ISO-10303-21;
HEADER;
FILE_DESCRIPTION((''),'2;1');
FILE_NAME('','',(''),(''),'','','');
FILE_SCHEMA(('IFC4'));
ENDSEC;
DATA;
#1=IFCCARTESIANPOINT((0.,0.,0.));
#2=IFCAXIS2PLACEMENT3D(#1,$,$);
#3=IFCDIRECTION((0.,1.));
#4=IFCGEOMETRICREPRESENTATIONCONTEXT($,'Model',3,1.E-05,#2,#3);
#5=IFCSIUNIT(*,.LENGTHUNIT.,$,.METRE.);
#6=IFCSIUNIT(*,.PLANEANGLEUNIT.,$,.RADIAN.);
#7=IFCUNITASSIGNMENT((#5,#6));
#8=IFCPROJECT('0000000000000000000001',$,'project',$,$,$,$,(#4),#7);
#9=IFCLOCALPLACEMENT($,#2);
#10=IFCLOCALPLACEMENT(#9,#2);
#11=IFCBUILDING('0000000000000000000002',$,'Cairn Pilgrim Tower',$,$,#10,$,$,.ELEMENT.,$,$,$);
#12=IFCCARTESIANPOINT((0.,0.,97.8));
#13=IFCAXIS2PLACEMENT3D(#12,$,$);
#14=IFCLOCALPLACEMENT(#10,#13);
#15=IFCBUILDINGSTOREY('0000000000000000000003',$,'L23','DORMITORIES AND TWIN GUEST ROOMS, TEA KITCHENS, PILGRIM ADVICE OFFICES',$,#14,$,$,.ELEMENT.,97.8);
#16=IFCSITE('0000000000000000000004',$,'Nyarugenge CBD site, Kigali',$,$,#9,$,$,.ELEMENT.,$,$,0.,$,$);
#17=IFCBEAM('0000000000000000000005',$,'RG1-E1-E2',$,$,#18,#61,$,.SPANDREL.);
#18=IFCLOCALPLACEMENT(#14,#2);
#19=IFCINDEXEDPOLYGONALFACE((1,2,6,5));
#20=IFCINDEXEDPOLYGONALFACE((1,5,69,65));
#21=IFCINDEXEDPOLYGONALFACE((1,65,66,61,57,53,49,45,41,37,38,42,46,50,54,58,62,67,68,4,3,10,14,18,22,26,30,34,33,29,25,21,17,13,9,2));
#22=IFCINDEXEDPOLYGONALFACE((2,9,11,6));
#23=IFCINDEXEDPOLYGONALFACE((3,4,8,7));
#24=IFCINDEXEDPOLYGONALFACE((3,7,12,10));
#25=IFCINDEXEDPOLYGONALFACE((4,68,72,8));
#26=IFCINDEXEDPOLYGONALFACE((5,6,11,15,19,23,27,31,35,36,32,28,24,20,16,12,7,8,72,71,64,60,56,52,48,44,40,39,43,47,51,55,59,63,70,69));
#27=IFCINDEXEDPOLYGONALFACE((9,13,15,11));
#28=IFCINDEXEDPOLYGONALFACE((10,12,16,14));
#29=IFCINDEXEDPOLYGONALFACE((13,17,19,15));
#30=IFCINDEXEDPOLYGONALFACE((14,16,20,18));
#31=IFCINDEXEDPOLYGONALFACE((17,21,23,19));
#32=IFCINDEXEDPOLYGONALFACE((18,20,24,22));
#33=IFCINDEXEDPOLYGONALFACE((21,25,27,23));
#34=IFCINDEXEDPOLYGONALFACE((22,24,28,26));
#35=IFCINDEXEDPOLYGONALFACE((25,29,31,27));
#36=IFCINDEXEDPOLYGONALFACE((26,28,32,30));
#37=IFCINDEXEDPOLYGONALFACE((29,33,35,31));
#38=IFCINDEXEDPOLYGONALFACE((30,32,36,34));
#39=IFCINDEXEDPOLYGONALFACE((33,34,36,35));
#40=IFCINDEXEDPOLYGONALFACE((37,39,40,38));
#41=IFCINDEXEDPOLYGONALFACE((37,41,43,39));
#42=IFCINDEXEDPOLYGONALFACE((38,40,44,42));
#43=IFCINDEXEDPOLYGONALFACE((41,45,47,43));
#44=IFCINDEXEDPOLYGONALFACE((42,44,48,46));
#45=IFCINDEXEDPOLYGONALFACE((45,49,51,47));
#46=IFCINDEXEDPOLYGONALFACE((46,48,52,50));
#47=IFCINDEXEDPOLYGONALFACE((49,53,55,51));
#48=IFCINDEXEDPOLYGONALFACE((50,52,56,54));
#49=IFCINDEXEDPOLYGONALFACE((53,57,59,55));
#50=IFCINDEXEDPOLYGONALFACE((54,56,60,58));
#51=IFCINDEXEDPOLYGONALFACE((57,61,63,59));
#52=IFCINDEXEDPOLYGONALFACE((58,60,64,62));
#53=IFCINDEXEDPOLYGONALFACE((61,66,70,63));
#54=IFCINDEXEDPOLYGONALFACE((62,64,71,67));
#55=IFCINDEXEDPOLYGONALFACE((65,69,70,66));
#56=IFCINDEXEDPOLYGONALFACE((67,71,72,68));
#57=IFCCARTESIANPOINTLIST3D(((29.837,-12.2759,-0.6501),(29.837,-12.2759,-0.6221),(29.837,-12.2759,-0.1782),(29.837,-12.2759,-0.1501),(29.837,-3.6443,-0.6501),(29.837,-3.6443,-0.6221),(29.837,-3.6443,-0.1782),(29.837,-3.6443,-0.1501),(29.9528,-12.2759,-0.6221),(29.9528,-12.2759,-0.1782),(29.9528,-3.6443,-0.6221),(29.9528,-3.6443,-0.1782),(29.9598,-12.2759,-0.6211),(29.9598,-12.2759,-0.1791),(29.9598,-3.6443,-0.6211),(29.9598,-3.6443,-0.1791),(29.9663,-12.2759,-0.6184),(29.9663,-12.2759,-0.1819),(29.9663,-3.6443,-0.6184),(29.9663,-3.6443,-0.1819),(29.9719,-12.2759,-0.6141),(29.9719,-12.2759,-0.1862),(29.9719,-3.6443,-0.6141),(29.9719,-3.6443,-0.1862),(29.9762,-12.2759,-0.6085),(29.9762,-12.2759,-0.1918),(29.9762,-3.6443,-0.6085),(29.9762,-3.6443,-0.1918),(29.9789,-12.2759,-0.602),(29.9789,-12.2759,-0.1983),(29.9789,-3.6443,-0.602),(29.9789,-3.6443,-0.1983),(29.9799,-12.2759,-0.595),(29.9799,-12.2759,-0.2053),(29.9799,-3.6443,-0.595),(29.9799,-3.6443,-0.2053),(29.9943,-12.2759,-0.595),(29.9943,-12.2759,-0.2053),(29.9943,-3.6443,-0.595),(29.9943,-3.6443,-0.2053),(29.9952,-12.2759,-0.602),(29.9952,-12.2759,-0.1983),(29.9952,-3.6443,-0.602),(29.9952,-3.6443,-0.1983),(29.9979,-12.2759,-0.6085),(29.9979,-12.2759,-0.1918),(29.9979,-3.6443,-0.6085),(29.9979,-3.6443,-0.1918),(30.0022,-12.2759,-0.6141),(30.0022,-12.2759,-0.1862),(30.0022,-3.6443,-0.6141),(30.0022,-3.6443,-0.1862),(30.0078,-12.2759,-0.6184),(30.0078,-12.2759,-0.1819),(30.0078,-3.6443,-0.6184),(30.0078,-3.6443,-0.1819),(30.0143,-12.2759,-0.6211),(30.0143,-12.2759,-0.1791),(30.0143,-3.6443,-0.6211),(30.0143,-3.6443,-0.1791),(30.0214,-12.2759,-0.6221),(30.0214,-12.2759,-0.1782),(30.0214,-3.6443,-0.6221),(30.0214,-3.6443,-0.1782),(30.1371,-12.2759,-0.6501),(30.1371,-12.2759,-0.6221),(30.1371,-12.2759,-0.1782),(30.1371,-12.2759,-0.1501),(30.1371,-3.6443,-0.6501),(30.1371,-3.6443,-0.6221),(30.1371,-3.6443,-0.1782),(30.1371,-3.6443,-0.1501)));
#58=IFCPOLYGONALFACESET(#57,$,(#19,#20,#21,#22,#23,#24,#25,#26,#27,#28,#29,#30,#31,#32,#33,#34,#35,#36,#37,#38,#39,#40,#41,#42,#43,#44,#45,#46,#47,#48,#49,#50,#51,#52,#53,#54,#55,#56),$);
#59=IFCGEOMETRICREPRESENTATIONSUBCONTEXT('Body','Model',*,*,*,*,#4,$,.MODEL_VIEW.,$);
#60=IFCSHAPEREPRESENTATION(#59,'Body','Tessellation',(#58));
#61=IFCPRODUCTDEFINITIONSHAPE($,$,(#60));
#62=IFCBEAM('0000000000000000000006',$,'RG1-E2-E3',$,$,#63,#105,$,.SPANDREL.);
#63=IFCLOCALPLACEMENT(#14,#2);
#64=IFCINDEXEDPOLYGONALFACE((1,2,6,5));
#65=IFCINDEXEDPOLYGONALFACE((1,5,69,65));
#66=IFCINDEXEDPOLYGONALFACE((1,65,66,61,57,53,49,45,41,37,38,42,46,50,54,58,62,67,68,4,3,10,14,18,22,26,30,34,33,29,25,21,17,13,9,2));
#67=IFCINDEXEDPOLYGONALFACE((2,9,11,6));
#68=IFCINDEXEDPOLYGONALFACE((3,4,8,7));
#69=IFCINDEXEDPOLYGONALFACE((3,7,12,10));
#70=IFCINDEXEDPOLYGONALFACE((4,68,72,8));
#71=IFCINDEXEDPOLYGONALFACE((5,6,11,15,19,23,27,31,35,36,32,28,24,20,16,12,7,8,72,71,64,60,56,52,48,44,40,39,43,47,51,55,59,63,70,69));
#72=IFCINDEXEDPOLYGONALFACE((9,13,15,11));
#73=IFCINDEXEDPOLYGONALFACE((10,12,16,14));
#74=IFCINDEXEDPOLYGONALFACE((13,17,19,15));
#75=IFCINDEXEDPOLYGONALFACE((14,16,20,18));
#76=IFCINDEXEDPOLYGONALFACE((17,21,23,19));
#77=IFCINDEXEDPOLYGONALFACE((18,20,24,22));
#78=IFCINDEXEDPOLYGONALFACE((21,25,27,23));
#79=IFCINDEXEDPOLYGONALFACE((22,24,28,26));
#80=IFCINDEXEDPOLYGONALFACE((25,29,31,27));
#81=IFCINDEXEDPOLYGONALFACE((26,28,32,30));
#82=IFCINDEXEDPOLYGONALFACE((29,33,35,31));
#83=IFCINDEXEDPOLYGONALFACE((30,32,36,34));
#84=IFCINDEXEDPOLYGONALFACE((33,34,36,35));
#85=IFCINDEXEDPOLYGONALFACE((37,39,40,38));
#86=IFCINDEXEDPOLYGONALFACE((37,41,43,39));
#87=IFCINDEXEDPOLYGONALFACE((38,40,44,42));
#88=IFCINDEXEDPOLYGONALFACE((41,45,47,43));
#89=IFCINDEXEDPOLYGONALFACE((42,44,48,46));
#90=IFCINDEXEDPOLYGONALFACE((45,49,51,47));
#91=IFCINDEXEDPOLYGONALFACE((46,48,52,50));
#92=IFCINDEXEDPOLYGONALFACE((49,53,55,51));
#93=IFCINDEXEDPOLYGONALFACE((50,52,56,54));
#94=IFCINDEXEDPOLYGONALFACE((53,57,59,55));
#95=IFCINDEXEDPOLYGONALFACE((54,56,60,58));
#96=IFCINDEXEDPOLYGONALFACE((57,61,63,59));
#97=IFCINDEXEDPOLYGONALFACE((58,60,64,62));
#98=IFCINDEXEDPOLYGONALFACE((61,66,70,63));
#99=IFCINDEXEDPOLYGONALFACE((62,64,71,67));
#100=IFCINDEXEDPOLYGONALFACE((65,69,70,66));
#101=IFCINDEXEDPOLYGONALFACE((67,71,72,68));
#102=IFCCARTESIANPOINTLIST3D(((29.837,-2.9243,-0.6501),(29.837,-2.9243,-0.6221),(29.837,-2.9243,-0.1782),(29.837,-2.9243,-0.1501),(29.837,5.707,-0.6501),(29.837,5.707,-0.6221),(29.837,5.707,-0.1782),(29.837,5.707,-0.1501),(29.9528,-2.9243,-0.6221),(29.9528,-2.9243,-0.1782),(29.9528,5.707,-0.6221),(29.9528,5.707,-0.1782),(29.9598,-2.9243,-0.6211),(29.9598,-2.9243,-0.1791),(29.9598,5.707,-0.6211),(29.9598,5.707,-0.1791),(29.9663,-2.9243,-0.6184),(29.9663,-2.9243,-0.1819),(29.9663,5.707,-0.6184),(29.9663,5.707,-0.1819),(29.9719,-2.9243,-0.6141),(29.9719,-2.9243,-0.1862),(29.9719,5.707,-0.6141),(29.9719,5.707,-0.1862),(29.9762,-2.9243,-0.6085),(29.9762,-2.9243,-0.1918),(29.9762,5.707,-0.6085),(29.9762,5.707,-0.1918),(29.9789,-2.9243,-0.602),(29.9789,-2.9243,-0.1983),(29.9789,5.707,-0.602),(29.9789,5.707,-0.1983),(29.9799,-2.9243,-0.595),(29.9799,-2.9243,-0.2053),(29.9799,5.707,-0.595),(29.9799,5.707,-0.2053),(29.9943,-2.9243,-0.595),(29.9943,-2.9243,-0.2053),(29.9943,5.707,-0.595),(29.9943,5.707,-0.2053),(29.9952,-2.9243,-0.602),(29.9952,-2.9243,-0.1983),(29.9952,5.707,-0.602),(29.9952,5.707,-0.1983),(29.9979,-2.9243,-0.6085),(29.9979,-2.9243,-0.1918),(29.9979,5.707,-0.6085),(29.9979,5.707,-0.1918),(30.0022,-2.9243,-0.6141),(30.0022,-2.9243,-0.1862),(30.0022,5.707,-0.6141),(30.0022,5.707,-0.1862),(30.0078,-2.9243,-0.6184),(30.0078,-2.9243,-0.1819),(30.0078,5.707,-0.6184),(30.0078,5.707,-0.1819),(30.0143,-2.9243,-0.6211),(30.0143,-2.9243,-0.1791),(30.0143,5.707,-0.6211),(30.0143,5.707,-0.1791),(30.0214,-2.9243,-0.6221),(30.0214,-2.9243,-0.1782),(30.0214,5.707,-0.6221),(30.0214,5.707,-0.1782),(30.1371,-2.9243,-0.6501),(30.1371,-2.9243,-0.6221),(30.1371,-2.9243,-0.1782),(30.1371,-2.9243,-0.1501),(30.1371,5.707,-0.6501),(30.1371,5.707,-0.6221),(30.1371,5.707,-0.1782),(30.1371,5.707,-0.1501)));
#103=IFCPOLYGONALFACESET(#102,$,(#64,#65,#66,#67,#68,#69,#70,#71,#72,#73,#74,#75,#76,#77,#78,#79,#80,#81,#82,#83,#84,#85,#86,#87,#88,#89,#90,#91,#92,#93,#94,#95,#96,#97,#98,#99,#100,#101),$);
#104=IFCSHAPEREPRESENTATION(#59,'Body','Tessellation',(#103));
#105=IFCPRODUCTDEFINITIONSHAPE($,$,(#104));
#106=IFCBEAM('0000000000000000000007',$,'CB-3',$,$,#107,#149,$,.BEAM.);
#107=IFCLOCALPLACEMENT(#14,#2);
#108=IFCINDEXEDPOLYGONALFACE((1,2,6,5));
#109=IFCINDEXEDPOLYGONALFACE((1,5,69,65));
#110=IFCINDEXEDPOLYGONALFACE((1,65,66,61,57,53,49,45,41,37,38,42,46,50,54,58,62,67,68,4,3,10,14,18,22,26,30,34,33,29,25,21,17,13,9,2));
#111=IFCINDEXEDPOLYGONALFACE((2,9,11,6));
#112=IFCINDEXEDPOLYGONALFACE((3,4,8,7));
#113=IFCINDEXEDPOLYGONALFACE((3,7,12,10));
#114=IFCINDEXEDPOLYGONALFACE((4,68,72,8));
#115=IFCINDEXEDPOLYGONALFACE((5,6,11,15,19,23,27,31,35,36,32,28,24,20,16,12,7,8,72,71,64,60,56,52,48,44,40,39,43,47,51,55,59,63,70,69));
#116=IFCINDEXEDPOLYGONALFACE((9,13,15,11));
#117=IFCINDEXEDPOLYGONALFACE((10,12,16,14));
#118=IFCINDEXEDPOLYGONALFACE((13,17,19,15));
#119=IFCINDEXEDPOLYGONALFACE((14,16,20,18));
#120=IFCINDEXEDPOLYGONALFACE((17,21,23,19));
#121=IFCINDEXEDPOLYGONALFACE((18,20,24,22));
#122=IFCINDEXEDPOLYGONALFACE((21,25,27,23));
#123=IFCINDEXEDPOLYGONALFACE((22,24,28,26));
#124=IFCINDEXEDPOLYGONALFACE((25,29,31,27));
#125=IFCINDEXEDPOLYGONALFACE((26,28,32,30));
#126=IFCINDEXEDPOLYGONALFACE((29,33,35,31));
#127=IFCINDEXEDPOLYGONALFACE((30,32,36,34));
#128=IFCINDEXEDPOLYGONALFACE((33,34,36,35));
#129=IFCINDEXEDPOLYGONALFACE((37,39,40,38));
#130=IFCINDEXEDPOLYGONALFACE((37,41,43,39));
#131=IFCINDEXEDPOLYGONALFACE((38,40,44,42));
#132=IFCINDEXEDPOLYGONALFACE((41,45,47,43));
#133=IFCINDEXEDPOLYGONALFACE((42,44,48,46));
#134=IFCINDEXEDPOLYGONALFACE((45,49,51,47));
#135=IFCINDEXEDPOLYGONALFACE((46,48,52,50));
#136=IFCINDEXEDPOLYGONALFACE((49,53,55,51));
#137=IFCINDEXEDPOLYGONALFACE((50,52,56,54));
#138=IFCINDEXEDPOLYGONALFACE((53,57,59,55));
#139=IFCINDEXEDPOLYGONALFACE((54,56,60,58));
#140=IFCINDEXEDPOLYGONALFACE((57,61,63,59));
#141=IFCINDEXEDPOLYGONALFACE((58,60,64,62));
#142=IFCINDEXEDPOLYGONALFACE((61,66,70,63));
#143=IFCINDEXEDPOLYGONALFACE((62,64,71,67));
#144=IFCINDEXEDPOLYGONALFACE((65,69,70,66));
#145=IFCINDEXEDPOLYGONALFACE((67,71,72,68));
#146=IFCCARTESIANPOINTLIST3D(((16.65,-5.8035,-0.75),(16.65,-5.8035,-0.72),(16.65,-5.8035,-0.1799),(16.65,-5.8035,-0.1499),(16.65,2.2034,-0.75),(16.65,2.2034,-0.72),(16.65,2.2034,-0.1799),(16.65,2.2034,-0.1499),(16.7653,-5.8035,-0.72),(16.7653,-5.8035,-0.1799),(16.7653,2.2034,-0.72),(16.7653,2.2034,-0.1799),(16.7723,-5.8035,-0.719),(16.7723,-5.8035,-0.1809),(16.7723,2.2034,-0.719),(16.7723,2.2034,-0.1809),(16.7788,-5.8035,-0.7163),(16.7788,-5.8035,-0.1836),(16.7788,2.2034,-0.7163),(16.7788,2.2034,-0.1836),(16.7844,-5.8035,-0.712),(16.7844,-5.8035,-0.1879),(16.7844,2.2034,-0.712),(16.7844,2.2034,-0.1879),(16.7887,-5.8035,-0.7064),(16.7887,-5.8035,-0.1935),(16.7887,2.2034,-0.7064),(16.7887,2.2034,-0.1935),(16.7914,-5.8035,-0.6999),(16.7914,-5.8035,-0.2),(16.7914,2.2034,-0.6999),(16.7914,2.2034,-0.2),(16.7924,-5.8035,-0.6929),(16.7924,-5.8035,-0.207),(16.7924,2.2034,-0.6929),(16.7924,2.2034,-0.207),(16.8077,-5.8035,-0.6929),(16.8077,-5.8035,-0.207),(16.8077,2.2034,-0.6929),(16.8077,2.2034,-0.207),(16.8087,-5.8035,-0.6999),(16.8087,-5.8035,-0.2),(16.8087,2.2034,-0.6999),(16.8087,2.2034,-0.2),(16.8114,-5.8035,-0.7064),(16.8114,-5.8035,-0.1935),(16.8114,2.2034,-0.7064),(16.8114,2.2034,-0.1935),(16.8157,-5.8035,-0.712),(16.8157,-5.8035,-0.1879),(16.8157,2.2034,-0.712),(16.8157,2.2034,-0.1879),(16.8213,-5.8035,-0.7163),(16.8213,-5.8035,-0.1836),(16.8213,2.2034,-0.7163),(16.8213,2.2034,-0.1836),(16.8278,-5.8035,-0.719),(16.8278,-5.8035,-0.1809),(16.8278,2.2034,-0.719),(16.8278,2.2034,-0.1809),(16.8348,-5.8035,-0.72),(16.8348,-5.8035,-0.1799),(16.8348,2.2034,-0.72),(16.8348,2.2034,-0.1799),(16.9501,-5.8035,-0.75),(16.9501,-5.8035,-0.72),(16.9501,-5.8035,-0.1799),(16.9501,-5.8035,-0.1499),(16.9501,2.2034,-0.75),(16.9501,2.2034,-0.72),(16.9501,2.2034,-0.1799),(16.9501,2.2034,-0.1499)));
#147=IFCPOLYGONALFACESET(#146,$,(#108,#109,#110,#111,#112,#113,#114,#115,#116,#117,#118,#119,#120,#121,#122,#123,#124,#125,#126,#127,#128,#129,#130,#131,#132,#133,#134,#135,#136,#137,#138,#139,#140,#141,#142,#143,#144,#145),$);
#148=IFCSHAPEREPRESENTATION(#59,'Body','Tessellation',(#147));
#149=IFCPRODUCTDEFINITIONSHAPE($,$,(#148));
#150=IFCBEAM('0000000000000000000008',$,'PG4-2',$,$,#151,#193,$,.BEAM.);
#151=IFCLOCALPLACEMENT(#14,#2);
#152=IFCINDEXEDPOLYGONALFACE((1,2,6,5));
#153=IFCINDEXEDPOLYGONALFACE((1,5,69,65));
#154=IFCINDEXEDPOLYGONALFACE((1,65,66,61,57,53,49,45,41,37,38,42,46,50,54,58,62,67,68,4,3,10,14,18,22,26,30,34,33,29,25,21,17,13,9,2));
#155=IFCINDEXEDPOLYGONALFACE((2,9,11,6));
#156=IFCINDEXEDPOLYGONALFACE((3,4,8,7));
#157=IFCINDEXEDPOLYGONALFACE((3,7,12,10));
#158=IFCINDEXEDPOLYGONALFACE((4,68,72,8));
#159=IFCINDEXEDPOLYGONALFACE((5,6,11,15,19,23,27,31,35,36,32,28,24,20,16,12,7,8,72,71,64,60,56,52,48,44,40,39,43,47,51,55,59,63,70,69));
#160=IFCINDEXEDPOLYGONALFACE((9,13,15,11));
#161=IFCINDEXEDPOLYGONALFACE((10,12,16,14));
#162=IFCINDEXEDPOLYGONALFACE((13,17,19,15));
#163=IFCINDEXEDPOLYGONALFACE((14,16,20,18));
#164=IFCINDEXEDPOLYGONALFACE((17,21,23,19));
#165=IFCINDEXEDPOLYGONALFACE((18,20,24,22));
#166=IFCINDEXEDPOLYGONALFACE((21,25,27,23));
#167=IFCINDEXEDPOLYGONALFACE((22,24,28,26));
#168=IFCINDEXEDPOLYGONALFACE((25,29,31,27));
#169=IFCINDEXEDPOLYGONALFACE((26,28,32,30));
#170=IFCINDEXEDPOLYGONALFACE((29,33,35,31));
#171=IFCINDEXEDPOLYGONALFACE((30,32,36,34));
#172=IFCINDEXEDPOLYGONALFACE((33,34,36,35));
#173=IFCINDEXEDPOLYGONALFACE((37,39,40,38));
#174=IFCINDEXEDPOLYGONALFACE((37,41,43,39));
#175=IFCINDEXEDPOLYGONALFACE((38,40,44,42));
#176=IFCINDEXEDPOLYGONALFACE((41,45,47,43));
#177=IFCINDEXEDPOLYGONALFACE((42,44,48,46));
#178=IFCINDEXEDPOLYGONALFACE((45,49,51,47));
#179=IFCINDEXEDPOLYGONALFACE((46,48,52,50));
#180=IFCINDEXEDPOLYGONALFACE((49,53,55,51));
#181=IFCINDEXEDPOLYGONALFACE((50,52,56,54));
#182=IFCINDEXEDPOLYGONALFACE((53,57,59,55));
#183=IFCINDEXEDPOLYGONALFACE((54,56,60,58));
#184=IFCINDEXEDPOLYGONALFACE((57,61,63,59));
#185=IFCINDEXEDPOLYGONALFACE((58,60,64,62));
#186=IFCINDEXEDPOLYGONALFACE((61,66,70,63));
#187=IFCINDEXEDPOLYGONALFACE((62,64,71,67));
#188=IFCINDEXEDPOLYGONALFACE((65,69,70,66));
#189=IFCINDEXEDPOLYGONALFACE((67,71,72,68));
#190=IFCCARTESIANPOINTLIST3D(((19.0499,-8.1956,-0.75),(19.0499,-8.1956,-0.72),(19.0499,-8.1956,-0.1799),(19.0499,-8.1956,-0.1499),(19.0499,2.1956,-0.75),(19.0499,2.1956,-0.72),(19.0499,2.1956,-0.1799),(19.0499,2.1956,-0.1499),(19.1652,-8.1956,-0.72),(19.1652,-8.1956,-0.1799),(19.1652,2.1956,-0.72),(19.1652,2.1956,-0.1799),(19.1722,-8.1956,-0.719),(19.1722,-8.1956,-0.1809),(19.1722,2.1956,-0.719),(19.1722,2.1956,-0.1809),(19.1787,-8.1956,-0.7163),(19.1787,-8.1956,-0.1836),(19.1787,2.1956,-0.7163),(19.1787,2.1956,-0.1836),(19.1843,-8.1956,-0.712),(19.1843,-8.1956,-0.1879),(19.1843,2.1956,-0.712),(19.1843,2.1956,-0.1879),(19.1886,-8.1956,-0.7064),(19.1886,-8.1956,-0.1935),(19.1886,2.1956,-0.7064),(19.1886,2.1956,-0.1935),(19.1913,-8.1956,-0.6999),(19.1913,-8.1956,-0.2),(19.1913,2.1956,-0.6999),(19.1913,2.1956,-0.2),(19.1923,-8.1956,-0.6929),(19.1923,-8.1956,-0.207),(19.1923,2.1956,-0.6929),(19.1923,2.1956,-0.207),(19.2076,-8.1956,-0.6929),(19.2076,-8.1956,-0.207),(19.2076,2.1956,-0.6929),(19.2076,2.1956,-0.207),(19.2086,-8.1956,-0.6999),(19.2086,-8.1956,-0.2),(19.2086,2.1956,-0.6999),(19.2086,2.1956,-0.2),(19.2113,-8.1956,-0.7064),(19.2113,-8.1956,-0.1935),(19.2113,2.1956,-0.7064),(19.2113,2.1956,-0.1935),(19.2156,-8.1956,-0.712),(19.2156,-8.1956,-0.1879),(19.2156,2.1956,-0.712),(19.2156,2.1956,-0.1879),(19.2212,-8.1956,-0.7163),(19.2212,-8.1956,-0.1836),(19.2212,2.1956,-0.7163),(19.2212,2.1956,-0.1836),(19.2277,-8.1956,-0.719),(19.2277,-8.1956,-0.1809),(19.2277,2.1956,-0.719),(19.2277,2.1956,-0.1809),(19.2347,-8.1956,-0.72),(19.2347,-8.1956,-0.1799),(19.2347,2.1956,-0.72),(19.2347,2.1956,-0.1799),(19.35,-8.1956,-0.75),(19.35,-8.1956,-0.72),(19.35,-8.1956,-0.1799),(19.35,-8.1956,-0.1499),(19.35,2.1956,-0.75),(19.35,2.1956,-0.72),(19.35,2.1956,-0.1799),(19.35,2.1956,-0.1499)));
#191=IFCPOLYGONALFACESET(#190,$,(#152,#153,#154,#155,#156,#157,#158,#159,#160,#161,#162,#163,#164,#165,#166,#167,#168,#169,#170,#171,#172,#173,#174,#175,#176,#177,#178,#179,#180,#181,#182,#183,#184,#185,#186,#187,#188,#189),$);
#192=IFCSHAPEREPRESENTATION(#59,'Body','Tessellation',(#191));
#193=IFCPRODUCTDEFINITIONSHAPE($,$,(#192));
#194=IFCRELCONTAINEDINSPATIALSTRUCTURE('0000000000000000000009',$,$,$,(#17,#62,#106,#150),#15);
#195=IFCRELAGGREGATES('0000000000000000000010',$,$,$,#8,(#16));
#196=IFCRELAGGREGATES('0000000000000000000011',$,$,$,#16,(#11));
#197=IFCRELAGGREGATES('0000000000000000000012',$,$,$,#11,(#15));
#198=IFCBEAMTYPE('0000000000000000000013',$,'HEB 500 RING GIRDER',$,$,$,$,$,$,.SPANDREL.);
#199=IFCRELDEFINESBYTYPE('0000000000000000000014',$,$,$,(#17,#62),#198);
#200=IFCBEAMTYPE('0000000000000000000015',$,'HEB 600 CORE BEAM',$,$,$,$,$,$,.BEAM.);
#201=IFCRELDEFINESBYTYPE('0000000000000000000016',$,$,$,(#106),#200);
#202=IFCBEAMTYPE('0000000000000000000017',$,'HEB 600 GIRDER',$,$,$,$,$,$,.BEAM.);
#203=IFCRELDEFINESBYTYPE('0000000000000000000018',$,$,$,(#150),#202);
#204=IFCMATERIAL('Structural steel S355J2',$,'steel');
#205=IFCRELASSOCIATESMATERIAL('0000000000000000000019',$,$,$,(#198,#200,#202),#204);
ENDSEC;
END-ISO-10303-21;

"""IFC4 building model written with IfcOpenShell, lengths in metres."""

from ifc_helpers import new_model, si_unit, direction, frame, origin, origin_2d, place, context, subcontext, project, spatial, i_section, extrude, material, material_profile, profile_set, type_object, element, save


model = new_model("IFC4")

# Units and contexts
model_context = context("Model", 3, precision=1e-05, world=origin(), true_north=direction((0.0, 1.0)))
body_context = subcontext(model_context, "Body", "Model", "MODEL_VIEW")
ifc_project = project(units=[si_unit("LENGTHUNIT", "METRE"), si_unit("PLANEANGLEUNIT", "RADIAN")], contexts=[model_context])

# Site, building, storey
site_placement = place(None, origin())
site = spatial("IfcSite", under=ifc_project, at=site_placement, Name="Nyarugenge CBD site, Kigali", CompositionType="ELEMENT", RefElevation=0.0)
building_placement = place(site_placement, origin())
building = spatial("IfcBuilding", under=site, at=building_placement, Name="Cairn Pilgrim Tower", CompositionType="ELEMENT")
storey_placement = place(building_placement, frame((0.0, 0.0, 97.8)))
storey = spatial("IfcBuildingStorey", under=building, at=storey_placement, Name="L23", Description="DORMITORIES AND TWIN GUEST ROOMS, TEA KITCHENS, PILGRIM ADVICE OFFICES", CompositionType="ELEMENT", Elevation=97.8)

# Beams
ifc_material_1 = material(Name="Structural steel S355J2", Category="steel")
ifc_material_profile_1 = material_profile(ifc_material_1, i_section(OverallWidth=0.3, OverallDepth=0.5, WebThickness=0.0144, FlangeThickness=0.0281, FilletRadius=0.0271, at=origin_2d()), Name="HEB 500")
ifc_profile_set_1 = profile_set([ifc_material_profile_1], Name="Structural steel S355J2")
beam_type_1 = type_object("IfcBeamType", Name="HEB 500 RING GIRDER", PredefinedType="SPANDREL", material=ifc_profile_set_1)
beam_1_placement = place(storey_placement, frame((29.9871, -12.2759, -0.4001), z_axis=(0.0, 1.0, 0.0), x_axis=(-1.0, 0.0, 0.0)))
element("IfcBeam", 1, at=beam_1_placement, inside=storey, type_object=beam_type_1, Name="RG1-E1-E2", PredefinedType="SPANDREL", context=body_context, shape_type="SweptSolid", body=[
    extrude(i_section(OverallWidth=0.3, OverallDepth=0.5, WebThickness=0.0144, FlangeThickness=0.0281, FilletRadius=0.0271, at=origin_2d()), origin(), (0.0, 0.0, 1.0), 8.6316),
])
beam_2_placement = place(storey_placement, frame((29.9871, -2.9243, -0.4001), z_axis=(0.0, 1.0, 0.0), x_axis=(-1.0, 0.0, 0.0)))
element("IfcBeam", 2, at=beam_2_placement, inside=storey, type_object=beam_type_1, Name="RG1-E2-E3", PredefinedType="SPANDREL", context=body_context, shape_type="SweptSolid", body=[
    extrude(i_section(OverallWidth=0.3, OverallDepth=0.5, WebThickness=0.0144, FlangeThickness=0.0281, FilletRadius=0.0271, at=origin_2d()), origin(), (0.0, 0.0, 1.0), 8.6313),
])
ifc_material_profile_2 = material_profile(ifc_material_1, i_section(OverallWidth=0.3, OverallDepth=0.6001, WebThickness=0.0154, FlangeThickness=0.03, FilletRadius=0.0271, at=origin_2d()), Name="HEB 600")
ifc_profile_set_2 = profile_set([ifc_material_profile_2], Name="Structural steel S355J2")
beam_type_2 = type_object("IfcBeamType", Name="HEB 600 CORE BEAM", PredefinedType="BEAM", material=ifc_profile_set_2)
beam_3_placement = place(storey_placement, frame((16.8, -5.8035, -0.45), z_axis=(0.0, 1.0, 0.0), x_axis=(-1.0, 0.0, 0.0)))
element("IfcBeam", 3, at=beam_3_placement, inside=storey, type_object=beam_type_2, Name="CB-3", PredefinedType="BEAM", context=body_context, shape_type="SweptSolid", body=[
    extrude(i_section(OverallWidth=0.3, OverallDepth=0.6001, WebThickness=0.0154, FlangeThickness=0.03, FilletRadius=0.0271, at=origin_2d()), origin(), (0.0, 0.0, 1.0), 8.0068),
])
ifc_material_profile_3 = material_profile(ifc_material_1, i_section(OverallWidth=0.3, OverallDepth=0.6001, WebThickness=0.0154, FlangeThickness=0.03, FilletRadius=0.0271, at=origin_2d()), Name="HEB 600")
ifc_profile_set_3 = profile_set([ifc_material_profile_3], Name="Structural steel S355J2")
beam_type_3 = type_object("IfcBeamType", Name="HEB 600 GIRDER", PredefinedType="BEAM", material=ifc_profile_set_3)
beam_4_placement = place(storey_placement, frame((19.2, -8.1956, -0.45), z_axis=(0.0, 1.0, 0.0), x_axis=(-1.0, 0.0, 0.0)))
element("IfcBeam", 4, at=beam_4_placement, inside=storey, type_object=beam_type_3, Name="PG4-2", PredefinedType="BEAM", context=body_context, shape_type="SweptSolid", body=[
    extrude(i_section(OverallWidth=0.3, OverallDepth=0.6001, WebThickness=0.0154, FlangeThickness=0.03, FilletRadius=0.0271, at=origin_2d()), origin(), (0.0, 0.0, 1.0), 10.3911),
])

save(model, "model.ifc")
